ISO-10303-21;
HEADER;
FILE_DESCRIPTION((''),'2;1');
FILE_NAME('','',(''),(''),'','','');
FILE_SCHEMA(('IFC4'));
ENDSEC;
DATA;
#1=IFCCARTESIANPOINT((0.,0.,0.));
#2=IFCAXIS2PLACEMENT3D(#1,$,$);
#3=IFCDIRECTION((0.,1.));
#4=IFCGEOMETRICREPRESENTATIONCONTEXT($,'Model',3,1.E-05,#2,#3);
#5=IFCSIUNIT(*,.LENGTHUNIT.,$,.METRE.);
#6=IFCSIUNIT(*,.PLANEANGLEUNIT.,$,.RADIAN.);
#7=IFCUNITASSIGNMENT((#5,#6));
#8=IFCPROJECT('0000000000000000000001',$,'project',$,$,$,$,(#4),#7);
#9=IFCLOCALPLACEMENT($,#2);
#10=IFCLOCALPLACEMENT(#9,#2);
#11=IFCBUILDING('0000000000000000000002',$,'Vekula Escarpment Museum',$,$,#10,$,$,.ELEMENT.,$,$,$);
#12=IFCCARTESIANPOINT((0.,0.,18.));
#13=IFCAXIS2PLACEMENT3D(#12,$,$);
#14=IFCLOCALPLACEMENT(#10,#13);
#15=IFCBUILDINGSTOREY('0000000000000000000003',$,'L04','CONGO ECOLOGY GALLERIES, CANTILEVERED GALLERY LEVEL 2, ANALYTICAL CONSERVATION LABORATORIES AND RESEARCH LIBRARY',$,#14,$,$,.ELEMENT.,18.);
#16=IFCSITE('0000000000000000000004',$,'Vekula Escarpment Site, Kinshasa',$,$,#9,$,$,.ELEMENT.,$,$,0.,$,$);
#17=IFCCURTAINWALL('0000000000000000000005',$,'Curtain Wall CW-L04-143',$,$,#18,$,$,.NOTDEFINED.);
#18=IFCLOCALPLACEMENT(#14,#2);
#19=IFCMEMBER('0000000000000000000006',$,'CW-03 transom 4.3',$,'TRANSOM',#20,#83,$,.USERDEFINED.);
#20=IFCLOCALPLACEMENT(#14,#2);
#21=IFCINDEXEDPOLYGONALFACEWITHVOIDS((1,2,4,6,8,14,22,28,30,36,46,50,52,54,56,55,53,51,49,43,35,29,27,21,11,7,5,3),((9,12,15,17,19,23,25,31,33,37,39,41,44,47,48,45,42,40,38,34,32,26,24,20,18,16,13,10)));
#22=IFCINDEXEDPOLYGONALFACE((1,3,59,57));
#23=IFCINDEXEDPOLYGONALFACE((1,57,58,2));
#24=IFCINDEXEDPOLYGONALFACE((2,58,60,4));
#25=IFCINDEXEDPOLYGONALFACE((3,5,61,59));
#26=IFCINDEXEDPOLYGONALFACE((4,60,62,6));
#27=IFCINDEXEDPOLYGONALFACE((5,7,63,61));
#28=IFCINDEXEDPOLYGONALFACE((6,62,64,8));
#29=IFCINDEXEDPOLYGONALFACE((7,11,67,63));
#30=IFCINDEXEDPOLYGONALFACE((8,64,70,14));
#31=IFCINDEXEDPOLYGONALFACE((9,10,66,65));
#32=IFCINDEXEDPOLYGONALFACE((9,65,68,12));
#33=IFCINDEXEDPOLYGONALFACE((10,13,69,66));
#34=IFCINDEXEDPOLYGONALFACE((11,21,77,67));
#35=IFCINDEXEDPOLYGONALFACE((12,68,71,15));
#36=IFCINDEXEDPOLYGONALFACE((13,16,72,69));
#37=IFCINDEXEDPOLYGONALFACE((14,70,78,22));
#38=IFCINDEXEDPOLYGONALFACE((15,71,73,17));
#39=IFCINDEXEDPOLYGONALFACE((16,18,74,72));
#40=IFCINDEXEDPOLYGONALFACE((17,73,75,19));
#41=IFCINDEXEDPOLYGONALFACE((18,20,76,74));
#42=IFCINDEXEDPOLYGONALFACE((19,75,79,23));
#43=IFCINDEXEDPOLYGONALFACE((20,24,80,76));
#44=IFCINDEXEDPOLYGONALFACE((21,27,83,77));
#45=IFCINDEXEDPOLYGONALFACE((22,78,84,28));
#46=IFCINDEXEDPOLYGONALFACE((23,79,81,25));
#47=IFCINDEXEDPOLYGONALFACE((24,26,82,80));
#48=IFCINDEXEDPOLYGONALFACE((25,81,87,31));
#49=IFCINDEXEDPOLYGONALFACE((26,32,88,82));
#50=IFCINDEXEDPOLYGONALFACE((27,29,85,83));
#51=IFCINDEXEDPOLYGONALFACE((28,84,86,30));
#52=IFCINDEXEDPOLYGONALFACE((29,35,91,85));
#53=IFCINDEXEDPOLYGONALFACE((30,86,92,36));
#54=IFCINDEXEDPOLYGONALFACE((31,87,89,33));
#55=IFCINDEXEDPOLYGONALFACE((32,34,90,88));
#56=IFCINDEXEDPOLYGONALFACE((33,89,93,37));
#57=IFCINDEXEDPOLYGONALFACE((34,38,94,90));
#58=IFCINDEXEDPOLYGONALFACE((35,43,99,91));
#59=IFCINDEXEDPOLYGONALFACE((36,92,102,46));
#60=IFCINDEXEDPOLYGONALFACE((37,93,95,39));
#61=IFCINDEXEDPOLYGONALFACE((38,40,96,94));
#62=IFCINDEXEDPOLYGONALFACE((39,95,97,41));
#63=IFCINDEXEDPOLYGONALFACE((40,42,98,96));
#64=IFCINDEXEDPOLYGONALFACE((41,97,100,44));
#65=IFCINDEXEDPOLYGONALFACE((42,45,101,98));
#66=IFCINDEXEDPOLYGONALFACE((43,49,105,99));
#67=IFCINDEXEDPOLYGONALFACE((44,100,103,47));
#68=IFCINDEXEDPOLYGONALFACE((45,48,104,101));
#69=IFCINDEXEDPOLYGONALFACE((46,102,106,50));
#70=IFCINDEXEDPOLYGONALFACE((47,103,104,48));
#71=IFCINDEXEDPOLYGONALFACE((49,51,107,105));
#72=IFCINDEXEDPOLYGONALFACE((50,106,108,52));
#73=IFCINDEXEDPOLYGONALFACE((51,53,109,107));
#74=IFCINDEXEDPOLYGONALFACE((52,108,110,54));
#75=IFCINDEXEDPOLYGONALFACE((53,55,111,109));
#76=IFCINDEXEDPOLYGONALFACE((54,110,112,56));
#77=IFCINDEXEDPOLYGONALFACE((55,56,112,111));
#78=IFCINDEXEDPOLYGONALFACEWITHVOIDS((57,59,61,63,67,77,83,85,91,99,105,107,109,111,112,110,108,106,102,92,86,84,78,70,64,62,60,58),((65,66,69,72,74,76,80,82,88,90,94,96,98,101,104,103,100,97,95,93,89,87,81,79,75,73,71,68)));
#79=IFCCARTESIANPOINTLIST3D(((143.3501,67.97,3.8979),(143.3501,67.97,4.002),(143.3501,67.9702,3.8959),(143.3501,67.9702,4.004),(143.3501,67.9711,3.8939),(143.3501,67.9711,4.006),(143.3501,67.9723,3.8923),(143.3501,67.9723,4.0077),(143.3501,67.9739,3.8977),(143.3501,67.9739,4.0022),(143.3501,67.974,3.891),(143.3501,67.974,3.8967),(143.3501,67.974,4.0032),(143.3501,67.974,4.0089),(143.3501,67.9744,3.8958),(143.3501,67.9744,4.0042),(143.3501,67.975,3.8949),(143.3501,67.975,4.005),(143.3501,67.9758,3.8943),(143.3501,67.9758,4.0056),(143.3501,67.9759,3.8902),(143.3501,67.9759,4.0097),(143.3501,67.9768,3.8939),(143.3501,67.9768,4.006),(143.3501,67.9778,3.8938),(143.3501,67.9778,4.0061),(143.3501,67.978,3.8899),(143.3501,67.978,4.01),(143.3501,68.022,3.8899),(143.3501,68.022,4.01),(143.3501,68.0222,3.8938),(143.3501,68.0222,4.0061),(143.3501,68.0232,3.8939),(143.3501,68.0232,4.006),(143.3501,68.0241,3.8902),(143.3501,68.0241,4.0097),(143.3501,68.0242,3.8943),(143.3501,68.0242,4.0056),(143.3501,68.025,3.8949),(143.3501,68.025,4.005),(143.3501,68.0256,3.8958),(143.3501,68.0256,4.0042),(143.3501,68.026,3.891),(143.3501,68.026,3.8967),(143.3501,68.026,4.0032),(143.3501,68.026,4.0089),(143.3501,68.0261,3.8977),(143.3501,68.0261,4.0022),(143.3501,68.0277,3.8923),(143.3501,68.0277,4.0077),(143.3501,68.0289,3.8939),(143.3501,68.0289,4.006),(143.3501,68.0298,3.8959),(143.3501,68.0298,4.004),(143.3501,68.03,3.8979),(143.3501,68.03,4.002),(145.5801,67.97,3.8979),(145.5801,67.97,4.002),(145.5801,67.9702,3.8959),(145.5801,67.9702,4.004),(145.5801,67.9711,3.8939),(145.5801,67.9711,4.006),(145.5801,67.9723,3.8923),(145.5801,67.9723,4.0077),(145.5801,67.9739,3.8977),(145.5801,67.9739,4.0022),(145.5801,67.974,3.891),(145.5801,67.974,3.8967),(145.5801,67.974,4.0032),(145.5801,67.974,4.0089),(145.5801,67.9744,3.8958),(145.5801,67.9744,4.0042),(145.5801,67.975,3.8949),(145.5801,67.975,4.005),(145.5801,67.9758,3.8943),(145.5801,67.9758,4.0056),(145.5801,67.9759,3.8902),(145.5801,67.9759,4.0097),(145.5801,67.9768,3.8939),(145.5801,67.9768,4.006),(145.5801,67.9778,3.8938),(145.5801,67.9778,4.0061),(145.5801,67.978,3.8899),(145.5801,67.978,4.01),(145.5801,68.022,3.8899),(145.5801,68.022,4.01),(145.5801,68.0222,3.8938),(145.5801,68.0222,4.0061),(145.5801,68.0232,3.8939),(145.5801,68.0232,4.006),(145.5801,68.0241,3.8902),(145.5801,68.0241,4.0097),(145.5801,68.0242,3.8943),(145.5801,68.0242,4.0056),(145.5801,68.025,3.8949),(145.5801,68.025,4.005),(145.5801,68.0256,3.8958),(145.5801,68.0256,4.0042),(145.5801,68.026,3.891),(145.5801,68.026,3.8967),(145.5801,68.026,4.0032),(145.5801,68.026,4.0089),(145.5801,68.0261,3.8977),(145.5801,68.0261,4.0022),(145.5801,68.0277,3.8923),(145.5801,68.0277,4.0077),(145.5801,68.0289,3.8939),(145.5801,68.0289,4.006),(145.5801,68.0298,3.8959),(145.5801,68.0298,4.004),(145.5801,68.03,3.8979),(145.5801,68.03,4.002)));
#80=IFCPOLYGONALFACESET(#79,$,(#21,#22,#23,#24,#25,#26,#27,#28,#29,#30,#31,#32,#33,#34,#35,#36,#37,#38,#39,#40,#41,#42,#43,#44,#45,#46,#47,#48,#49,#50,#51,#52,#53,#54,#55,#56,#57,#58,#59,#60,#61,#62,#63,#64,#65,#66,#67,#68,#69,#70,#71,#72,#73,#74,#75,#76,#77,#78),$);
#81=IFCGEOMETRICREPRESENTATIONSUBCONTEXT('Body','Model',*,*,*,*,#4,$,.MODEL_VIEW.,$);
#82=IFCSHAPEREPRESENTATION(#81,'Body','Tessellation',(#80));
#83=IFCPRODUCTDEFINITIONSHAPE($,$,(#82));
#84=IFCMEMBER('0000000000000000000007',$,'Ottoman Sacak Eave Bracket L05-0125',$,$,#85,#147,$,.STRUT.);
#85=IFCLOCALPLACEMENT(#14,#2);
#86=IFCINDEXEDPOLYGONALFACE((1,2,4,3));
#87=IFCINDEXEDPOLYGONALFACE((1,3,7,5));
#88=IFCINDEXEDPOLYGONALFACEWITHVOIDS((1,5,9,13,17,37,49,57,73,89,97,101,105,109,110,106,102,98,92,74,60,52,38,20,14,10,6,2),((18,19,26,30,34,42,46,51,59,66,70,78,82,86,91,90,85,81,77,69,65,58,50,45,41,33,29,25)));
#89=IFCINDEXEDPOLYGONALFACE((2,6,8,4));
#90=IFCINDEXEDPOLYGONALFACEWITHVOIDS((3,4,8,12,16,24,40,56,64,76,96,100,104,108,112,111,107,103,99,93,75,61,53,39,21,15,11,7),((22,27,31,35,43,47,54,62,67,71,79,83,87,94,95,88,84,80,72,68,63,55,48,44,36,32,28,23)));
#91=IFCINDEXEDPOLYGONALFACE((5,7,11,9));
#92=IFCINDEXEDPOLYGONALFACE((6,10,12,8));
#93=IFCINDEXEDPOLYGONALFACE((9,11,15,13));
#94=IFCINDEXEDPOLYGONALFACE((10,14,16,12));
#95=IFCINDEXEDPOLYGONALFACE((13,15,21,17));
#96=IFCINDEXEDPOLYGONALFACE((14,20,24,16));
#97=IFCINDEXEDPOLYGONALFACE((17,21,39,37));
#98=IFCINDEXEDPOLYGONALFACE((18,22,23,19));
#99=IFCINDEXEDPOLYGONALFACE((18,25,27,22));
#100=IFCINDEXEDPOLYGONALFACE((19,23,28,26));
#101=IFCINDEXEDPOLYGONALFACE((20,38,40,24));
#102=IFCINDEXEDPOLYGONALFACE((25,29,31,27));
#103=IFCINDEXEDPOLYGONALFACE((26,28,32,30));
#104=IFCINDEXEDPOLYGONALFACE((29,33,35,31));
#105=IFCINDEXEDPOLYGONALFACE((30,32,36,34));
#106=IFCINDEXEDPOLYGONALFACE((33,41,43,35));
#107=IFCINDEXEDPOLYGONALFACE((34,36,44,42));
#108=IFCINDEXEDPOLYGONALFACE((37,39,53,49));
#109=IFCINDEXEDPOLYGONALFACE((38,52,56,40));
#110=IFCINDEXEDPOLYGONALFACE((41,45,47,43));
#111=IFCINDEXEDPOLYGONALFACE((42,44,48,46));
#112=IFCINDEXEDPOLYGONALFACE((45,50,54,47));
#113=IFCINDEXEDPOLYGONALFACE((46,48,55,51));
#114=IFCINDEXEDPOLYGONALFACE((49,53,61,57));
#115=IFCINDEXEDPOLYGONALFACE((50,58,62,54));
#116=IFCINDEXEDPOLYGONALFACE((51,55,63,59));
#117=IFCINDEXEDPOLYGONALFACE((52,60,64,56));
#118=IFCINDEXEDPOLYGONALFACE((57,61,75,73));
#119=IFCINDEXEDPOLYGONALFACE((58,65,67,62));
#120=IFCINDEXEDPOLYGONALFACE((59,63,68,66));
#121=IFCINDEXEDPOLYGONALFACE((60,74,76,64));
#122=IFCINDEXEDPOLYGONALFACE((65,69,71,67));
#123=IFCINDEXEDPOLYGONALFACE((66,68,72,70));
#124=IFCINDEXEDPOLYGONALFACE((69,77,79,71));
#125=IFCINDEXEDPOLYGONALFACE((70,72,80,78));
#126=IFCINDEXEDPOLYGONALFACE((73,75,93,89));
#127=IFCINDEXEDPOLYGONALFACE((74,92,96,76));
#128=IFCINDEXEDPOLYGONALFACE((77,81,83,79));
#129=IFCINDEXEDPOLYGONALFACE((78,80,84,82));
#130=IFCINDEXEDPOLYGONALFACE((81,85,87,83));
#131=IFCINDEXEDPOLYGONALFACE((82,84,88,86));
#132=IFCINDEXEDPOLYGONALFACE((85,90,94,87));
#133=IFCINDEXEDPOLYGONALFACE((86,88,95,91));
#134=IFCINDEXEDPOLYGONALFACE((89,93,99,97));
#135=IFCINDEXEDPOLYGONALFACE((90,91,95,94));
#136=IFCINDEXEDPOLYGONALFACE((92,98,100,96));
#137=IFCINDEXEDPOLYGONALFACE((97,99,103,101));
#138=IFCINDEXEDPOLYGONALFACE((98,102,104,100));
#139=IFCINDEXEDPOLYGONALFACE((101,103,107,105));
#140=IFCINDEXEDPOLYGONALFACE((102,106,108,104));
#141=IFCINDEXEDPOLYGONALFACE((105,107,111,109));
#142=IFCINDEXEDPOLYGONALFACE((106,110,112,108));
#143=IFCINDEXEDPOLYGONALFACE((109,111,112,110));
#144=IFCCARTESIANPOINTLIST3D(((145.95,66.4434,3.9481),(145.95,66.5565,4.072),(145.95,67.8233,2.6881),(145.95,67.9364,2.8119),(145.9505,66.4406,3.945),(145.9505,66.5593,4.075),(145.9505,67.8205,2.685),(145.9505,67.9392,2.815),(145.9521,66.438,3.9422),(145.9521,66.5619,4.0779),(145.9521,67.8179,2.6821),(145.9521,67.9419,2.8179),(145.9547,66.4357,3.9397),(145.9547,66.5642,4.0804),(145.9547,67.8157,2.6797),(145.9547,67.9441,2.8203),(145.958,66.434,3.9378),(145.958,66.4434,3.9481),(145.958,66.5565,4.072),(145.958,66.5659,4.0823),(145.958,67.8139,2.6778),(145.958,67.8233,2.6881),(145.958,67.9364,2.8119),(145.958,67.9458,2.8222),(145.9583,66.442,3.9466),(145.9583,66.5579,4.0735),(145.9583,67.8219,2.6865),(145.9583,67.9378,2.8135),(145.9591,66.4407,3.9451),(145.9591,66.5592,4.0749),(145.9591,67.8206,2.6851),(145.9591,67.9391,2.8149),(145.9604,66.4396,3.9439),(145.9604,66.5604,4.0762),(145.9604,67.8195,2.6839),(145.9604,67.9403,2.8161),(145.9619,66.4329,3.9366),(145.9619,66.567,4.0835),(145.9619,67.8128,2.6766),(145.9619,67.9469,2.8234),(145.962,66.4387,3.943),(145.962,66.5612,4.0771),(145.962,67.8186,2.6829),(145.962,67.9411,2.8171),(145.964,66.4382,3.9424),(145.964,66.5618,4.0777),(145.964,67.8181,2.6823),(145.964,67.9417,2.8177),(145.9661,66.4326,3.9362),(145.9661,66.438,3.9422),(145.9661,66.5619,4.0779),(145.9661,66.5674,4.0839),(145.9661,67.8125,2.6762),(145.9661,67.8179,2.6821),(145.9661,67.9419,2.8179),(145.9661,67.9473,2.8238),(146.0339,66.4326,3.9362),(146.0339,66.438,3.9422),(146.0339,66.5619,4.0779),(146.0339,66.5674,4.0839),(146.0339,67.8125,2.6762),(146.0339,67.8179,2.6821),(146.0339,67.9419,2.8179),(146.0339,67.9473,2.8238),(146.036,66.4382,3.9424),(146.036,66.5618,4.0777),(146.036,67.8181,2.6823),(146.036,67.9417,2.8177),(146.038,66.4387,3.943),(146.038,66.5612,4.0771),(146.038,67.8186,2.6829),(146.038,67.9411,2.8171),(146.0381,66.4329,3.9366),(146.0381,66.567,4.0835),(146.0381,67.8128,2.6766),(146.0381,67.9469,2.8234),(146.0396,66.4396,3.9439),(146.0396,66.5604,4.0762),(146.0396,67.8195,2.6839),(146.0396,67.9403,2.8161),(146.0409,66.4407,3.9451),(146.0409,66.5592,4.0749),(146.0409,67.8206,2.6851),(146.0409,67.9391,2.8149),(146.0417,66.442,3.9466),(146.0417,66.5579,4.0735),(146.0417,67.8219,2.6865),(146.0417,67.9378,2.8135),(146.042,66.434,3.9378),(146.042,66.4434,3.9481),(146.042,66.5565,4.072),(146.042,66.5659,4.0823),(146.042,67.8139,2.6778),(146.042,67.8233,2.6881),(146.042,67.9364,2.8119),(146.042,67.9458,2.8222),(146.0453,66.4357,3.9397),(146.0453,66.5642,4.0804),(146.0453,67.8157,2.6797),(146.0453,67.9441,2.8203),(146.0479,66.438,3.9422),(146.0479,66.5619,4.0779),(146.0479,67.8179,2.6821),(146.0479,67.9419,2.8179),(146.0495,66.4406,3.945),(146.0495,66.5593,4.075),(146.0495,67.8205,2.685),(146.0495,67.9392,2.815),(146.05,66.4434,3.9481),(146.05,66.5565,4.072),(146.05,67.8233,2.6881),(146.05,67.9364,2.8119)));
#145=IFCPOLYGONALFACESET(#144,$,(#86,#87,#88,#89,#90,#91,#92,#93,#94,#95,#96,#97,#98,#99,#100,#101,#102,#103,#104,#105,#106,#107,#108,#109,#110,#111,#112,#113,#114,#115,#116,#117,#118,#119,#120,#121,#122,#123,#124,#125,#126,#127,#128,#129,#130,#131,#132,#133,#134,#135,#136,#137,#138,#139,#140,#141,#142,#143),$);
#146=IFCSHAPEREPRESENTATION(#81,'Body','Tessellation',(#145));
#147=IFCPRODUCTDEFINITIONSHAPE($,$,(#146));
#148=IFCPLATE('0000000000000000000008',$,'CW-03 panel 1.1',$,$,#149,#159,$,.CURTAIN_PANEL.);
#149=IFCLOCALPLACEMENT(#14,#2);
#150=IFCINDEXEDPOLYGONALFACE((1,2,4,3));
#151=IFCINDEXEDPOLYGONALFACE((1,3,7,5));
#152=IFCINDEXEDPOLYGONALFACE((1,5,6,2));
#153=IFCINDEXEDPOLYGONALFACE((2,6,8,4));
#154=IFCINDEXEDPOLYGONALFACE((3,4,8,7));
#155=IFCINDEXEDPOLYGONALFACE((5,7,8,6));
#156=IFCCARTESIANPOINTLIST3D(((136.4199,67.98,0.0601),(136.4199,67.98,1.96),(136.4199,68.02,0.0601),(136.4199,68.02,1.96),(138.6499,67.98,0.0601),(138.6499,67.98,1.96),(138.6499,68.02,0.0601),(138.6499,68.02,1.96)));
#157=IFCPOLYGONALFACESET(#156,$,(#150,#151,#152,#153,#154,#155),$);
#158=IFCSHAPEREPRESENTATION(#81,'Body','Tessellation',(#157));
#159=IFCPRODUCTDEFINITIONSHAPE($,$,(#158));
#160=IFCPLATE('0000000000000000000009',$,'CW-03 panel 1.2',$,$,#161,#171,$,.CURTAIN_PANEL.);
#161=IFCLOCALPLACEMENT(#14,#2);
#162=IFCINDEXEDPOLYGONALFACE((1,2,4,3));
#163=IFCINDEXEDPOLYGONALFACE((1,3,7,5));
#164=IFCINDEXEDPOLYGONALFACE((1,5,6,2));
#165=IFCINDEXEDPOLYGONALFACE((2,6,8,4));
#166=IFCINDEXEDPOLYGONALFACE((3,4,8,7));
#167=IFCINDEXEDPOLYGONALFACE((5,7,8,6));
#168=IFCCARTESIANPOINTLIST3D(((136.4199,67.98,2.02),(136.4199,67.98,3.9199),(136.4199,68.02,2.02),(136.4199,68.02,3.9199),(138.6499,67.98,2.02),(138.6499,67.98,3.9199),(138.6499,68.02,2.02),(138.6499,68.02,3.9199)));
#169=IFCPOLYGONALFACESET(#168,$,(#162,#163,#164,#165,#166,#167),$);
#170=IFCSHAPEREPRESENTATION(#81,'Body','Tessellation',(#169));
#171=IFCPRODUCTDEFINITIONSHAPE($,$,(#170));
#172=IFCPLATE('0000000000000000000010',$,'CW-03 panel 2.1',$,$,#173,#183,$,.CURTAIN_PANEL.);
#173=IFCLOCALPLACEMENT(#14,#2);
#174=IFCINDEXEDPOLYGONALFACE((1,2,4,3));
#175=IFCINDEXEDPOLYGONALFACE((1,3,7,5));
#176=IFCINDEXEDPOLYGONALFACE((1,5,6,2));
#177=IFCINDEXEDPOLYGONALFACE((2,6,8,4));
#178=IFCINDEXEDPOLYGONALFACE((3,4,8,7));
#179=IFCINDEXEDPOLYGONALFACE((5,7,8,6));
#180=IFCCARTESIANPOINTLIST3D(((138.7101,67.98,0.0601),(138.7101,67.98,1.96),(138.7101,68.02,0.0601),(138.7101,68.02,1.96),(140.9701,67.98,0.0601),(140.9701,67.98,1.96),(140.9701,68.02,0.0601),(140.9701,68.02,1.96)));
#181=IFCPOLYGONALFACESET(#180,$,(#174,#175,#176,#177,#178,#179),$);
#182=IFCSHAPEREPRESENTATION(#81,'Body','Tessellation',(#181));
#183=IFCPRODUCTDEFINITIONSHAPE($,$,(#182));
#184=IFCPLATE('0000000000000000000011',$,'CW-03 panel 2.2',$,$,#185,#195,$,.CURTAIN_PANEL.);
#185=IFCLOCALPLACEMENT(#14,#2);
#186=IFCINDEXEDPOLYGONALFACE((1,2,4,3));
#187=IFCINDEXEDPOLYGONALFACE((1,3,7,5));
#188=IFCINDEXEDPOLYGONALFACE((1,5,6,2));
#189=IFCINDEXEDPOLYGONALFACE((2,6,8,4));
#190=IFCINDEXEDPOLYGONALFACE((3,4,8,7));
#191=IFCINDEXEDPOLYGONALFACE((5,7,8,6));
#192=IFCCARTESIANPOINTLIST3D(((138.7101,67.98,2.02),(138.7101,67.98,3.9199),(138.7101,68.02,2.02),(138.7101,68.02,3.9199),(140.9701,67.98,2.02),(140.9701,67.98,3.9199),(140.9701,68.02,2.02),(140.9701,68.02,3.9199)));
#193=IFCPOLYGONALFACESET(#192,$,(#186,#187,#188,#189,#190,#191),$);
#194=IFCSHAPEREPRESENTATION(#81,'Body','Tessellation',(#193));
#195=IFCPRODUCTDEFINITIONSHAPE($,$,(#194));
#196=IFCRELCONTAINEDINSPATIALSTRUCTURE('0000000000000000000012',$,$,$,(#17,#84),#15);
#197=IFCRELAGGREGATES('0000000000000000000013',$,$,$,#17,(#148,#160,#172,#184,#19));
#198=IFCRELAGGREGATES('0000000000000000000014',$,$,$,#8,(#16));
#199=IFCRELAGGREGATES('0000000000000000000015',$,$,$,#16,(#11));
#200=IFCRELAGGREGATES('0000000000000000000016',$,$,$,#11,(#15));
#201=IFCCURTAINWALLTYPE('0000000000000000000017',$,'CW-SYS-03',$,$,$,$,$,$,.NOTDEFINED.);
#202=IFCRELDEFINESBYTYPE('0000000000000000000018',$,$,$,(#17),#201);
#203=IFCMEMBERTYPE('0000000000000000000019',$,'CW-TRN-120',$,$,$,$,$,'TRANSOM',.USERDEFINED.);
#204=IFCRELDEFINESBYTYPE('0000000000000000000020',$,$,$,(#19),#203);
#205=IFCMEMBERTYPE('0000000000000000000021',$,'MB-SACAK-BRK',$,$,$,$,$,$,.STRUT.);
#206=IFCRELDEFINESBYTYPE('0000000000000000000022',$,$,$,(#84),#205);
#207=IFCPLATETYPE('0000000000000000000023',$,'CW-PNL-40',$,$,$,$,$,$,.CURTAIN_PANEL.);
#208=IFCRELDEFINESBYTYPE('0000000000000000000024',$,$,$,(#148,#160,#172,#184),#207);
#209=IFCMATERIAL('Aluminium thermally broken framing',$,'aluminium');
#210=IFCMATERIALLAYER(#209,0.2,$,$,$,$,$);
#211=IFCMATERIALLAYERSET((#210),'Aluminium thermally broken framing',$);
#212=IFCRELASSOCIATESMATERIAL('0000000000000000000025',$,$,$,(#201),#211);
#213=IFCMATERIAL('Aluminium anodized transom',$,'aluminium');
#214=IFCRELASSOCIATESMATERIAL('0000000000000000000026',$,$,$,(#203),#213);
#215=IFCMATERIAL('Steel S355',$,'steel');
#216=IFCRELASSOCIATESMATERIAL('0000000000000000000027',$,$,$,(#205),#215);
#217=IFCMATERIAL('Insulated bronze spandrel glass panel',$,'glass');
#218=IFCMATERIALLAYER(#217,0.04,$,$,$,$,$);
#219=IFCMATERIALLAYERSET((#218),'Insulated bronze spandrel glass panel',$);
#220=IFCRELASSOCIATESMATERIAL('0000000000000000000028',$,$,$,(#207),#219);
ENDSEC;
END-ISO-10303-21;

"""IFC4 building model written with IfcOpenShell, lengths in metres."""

from ifc_helpers import new_model, si_unit, direction, frame, origin, origin_2d, place, context, subcontext, project, spatial, rectangle, hollow_rectangle, extrude, material, layer, layer_set, material_profile, profile_set, type_object, element, aggregate, save


model = new_model("IFC4")

# Units and contexts
model_context = context("Model", 3, precision=1e-05, world=origin(), true_north=direction((0.0, 1.0)))
body_context = subcontext(model_context, "Body", "Model", "MODEL_VIEW")
ifc_project = project(units=[si_unit("LENGTHUNIT", "METRE"), si_unit("PLANEANGLEUNIT", "RADIAN")], contexts=[model_context])

# Site, building, storey
site_placement = place(None, origin())
site = spatial("IfcSite", under=ifc_project, at=site_placement, Name="Vekula Escarpment Site, Kinshasa", CompositionType="ELEMENT", RefElevation=0.0)
building_placement = place(site_placement, origin())
building = spatial("IfcBuilding", under=site, at=building_placement, Name="Vekula Escarpment Museum", CompositionType="ELEMENT")
storey_placement = place(building_placement, frame((0.0, 0.0, 18.0)))
storey = spatial("IfcBuildingStorey", under=building, at=storey_placement, Name="L04", Description="CONGO ECOLOGY GALLERIES, CANTILEVERED GALLERY LEVEL 2, ANALYTICAL CONSERVATION LABORATORIES AND RESEARCH LIBRARY", CompositionType="ELEMENT", Elevation=18.0)

# Curtain wall, member
ifc_material_1 = material(Name="Aluminium thermally broken framing", Category="aluminium")
ifc_layer_1 = layer(ifc_material_1, 0.2)
ifc_layer_set_1 = layer_set([ifc_layer_1], Name="Aluminium thermally broken framing")
curtain_wall_type = type_object("IfcCurtainWallType", Name="CW-SYS-03", PredefinedType="NOTDEFINED", material=ifc_layer_set_1)
curtain_wall_placement = place(storey_placement, origin())
curtain_wall = element("IfcCurtainWall", 1, at=curtain_wall_placement, inside=storey, type_object=curtain_wall_type, Name="Curtain Wall CW-L04-143", PredefinedType="NOTDEFINED")
ifc_material_2 = material(Name="Aluminium anodized transom", Category="aluminium")
ifc_material_profile_1 = material_profile(ifc_material_2, hollow_rectangle(XDim=0.0601, YDim=0.1201, WallThickness=0.0039, InnerFilletRadius=0.0039, OuterFilletRadius=0.0081, at=origin_2d()), Name="ALU 120x60x4")
ifc_profile_set_1 = profile_set([ifc_material_profile_1], Name="Aluminium anodized transom")
member_type_1 = type_object("IfcMemberType", Name="CW-TRN-120", ElementType="TRANSOM", PredefinedType="USERDEFINED", material=ifc_profile_set_1)
member_1_placement = place(storey_placement, frame((143.3501, 68.0, 3.95), z_axis=(1.0, 0.0, 0.0), x_axis=(0.0, 1.0, 0.0)))
member_1 = element("IfcMember", 2, at=member_1_placement, type_object=member_type_1, Name="CW-03 transom 4.3", ObjectType="TRANSOM", PredefinedType="USERDEFINED", context=body_context, shape_type="SweptSolid", body=[
    extrude(hollow_rectangle(XDim=0.0601, YDim=0.1201, WallThickness=0.0039, InnerFilletRadius=0.0039, OuterFilletRadius=0.0081, at=origin_2d()), origin(), (0.0, 0.0, 1.0), 2.23),
])

# Member
ifc_material_3 = material(Name="Steel S355", Category="steel")
ifc_material_profile_2 = material_profile(ifc_material_3, hollow_rectangle(XDim=0.1001, YDim=0.2, WallThickness=0.0081, InnerFilletRadius=0.0081, OuterFilletRadius=0.0161, at=origin_2d()), Name="RHS 200x100x8")
ifc_profile_set_2 = profile_set([ifc_material_profile_2], Name="Steel S355")
member_type_2 = type_object("IfcMemberType", Name="MB-SACAK-BRK", PredefinedType="STRUT", material=ifc_profile_set_2)
member_2_placement = place(storey_placement, frame((146.0, 67.8799, 2.75), z_axis=(0.0, -0.738454, 0.674303), x_axis=(1.0, 0.0, 0.0)))
element("IfcMember", 3, at=member_2_placement, inside=storey, type_object=member_type_2, Name="Ottoman Sacak Eave Bracket L05-0125", PredefinedType="STRUT", context=body_context, shape_type="SweptSolid", body=[
    extrude(hollow_rectangle(XDim=0.1001, YDim=0.2, WallThickness=0.0081, InnerFilletRadius=0.0081, OuterFilletRadius=0.0161, at=origin_2d()), origin(), (0.0, 0.0, 1.0), 1.8687),
])

# Plates
ifc_material_4 = material(Name="Insulated bronze spandrel glass panel", Category="glass")
ifc_layer_2 = layer(ifc_material_4, 0.04)
ifc_layer_set_2 = layer_set([ifc_layer_2], Name="Insulated bronze spandrel glass panel")
plate_type_1 = type_object("IfcPlateType", Name="CW-PNL-40", PredefinedType="CURTAIN_PANEL", material=ifc_layer_set_2)
plate_1_placement = place(storey_placement, frame((137.5349, 68.0, 0.0601), z_axis=(0.0, 0.0, 1.0), x_axis=(1.0, 0.0, 0.0)))
plate_1 = element("IfcPlate", 4, at=plate_1_placement, type_object=plate_type_1, Name="CW-03 panel 1.1", PredefinedType="CURTAIN_PANEL", context=body_context, shape_type="SweptSolid", body=[
    extrude(rectangle(XDim=2.23, YDim=0.04, at=origin_2d()), origin(), (0.0, 0.0, 1.0), 1.8999),
])
plate_2_placement = place(storey_placement, frame((137.5349, 68.0, 2.02), z_axis=(0.0, 0.0, 1.0), x_axis=(1.0, 0.0, 0.0)))
plate_2 = element("IfcPlate", 5, at=plate_2_placement, type_object=plate_type_1, Name="CW-03 panel 1.2", PredefinedType="CURTAIN_PANEL", context=body_context, shape_type="SweptSolid", body=[
    extrude(rectangle(XDim=2.23, YDim=0.04, at=origin_2d()), origin(), (0.0, 0.0, 1.0), 1.8999),
])
plate_3_placement = place(storey_placement, frame((139.8401, 68.0, 0.0601), z_axis=(0.0, 0.0, 1.0), x_axis=(1.0, 0.0, 0.0)))
plate_3 = element("IfcPlate", 6, at=plate_3_placement, type_object=plate_type_1, Name="CW-03 panel 2.1", PredefinedType="CURTAIN_PANEL", context=body_context, shape_type="SweptSolid", body=[
    extrude(rectangle(XDim=2.26, YDim=0.04, at=origin_2d()), origin(), (0.0, 0.0, 1.0), 1.8999),
])
plate_4_placement = place(storey_placement, frame((139.8401, 68.0, 2.02), z_axis=(0.0, 0.0, 1.0), x_axis=(1.0, 0.0, 0.0)))
plate_4 = element("IfcPlate", 7, at=plate_4_placement, type_object=plate_type_1, Name="CW-03 panel 2.2", PredefinedType="CURTAIN_PANEL", context=body_context, shape_type="SweptSolid", body=[
    extrude(rectangle(XDim=2.26, YDim=0.04, at=origin_2d()), origin(), (0.0, 0.0, 1.0), 1.8999),
])
aggregate(curtain_wall, [plate_1, plate_2, plate_3, plate_4, member_1])

save(model, "model.ifc")
